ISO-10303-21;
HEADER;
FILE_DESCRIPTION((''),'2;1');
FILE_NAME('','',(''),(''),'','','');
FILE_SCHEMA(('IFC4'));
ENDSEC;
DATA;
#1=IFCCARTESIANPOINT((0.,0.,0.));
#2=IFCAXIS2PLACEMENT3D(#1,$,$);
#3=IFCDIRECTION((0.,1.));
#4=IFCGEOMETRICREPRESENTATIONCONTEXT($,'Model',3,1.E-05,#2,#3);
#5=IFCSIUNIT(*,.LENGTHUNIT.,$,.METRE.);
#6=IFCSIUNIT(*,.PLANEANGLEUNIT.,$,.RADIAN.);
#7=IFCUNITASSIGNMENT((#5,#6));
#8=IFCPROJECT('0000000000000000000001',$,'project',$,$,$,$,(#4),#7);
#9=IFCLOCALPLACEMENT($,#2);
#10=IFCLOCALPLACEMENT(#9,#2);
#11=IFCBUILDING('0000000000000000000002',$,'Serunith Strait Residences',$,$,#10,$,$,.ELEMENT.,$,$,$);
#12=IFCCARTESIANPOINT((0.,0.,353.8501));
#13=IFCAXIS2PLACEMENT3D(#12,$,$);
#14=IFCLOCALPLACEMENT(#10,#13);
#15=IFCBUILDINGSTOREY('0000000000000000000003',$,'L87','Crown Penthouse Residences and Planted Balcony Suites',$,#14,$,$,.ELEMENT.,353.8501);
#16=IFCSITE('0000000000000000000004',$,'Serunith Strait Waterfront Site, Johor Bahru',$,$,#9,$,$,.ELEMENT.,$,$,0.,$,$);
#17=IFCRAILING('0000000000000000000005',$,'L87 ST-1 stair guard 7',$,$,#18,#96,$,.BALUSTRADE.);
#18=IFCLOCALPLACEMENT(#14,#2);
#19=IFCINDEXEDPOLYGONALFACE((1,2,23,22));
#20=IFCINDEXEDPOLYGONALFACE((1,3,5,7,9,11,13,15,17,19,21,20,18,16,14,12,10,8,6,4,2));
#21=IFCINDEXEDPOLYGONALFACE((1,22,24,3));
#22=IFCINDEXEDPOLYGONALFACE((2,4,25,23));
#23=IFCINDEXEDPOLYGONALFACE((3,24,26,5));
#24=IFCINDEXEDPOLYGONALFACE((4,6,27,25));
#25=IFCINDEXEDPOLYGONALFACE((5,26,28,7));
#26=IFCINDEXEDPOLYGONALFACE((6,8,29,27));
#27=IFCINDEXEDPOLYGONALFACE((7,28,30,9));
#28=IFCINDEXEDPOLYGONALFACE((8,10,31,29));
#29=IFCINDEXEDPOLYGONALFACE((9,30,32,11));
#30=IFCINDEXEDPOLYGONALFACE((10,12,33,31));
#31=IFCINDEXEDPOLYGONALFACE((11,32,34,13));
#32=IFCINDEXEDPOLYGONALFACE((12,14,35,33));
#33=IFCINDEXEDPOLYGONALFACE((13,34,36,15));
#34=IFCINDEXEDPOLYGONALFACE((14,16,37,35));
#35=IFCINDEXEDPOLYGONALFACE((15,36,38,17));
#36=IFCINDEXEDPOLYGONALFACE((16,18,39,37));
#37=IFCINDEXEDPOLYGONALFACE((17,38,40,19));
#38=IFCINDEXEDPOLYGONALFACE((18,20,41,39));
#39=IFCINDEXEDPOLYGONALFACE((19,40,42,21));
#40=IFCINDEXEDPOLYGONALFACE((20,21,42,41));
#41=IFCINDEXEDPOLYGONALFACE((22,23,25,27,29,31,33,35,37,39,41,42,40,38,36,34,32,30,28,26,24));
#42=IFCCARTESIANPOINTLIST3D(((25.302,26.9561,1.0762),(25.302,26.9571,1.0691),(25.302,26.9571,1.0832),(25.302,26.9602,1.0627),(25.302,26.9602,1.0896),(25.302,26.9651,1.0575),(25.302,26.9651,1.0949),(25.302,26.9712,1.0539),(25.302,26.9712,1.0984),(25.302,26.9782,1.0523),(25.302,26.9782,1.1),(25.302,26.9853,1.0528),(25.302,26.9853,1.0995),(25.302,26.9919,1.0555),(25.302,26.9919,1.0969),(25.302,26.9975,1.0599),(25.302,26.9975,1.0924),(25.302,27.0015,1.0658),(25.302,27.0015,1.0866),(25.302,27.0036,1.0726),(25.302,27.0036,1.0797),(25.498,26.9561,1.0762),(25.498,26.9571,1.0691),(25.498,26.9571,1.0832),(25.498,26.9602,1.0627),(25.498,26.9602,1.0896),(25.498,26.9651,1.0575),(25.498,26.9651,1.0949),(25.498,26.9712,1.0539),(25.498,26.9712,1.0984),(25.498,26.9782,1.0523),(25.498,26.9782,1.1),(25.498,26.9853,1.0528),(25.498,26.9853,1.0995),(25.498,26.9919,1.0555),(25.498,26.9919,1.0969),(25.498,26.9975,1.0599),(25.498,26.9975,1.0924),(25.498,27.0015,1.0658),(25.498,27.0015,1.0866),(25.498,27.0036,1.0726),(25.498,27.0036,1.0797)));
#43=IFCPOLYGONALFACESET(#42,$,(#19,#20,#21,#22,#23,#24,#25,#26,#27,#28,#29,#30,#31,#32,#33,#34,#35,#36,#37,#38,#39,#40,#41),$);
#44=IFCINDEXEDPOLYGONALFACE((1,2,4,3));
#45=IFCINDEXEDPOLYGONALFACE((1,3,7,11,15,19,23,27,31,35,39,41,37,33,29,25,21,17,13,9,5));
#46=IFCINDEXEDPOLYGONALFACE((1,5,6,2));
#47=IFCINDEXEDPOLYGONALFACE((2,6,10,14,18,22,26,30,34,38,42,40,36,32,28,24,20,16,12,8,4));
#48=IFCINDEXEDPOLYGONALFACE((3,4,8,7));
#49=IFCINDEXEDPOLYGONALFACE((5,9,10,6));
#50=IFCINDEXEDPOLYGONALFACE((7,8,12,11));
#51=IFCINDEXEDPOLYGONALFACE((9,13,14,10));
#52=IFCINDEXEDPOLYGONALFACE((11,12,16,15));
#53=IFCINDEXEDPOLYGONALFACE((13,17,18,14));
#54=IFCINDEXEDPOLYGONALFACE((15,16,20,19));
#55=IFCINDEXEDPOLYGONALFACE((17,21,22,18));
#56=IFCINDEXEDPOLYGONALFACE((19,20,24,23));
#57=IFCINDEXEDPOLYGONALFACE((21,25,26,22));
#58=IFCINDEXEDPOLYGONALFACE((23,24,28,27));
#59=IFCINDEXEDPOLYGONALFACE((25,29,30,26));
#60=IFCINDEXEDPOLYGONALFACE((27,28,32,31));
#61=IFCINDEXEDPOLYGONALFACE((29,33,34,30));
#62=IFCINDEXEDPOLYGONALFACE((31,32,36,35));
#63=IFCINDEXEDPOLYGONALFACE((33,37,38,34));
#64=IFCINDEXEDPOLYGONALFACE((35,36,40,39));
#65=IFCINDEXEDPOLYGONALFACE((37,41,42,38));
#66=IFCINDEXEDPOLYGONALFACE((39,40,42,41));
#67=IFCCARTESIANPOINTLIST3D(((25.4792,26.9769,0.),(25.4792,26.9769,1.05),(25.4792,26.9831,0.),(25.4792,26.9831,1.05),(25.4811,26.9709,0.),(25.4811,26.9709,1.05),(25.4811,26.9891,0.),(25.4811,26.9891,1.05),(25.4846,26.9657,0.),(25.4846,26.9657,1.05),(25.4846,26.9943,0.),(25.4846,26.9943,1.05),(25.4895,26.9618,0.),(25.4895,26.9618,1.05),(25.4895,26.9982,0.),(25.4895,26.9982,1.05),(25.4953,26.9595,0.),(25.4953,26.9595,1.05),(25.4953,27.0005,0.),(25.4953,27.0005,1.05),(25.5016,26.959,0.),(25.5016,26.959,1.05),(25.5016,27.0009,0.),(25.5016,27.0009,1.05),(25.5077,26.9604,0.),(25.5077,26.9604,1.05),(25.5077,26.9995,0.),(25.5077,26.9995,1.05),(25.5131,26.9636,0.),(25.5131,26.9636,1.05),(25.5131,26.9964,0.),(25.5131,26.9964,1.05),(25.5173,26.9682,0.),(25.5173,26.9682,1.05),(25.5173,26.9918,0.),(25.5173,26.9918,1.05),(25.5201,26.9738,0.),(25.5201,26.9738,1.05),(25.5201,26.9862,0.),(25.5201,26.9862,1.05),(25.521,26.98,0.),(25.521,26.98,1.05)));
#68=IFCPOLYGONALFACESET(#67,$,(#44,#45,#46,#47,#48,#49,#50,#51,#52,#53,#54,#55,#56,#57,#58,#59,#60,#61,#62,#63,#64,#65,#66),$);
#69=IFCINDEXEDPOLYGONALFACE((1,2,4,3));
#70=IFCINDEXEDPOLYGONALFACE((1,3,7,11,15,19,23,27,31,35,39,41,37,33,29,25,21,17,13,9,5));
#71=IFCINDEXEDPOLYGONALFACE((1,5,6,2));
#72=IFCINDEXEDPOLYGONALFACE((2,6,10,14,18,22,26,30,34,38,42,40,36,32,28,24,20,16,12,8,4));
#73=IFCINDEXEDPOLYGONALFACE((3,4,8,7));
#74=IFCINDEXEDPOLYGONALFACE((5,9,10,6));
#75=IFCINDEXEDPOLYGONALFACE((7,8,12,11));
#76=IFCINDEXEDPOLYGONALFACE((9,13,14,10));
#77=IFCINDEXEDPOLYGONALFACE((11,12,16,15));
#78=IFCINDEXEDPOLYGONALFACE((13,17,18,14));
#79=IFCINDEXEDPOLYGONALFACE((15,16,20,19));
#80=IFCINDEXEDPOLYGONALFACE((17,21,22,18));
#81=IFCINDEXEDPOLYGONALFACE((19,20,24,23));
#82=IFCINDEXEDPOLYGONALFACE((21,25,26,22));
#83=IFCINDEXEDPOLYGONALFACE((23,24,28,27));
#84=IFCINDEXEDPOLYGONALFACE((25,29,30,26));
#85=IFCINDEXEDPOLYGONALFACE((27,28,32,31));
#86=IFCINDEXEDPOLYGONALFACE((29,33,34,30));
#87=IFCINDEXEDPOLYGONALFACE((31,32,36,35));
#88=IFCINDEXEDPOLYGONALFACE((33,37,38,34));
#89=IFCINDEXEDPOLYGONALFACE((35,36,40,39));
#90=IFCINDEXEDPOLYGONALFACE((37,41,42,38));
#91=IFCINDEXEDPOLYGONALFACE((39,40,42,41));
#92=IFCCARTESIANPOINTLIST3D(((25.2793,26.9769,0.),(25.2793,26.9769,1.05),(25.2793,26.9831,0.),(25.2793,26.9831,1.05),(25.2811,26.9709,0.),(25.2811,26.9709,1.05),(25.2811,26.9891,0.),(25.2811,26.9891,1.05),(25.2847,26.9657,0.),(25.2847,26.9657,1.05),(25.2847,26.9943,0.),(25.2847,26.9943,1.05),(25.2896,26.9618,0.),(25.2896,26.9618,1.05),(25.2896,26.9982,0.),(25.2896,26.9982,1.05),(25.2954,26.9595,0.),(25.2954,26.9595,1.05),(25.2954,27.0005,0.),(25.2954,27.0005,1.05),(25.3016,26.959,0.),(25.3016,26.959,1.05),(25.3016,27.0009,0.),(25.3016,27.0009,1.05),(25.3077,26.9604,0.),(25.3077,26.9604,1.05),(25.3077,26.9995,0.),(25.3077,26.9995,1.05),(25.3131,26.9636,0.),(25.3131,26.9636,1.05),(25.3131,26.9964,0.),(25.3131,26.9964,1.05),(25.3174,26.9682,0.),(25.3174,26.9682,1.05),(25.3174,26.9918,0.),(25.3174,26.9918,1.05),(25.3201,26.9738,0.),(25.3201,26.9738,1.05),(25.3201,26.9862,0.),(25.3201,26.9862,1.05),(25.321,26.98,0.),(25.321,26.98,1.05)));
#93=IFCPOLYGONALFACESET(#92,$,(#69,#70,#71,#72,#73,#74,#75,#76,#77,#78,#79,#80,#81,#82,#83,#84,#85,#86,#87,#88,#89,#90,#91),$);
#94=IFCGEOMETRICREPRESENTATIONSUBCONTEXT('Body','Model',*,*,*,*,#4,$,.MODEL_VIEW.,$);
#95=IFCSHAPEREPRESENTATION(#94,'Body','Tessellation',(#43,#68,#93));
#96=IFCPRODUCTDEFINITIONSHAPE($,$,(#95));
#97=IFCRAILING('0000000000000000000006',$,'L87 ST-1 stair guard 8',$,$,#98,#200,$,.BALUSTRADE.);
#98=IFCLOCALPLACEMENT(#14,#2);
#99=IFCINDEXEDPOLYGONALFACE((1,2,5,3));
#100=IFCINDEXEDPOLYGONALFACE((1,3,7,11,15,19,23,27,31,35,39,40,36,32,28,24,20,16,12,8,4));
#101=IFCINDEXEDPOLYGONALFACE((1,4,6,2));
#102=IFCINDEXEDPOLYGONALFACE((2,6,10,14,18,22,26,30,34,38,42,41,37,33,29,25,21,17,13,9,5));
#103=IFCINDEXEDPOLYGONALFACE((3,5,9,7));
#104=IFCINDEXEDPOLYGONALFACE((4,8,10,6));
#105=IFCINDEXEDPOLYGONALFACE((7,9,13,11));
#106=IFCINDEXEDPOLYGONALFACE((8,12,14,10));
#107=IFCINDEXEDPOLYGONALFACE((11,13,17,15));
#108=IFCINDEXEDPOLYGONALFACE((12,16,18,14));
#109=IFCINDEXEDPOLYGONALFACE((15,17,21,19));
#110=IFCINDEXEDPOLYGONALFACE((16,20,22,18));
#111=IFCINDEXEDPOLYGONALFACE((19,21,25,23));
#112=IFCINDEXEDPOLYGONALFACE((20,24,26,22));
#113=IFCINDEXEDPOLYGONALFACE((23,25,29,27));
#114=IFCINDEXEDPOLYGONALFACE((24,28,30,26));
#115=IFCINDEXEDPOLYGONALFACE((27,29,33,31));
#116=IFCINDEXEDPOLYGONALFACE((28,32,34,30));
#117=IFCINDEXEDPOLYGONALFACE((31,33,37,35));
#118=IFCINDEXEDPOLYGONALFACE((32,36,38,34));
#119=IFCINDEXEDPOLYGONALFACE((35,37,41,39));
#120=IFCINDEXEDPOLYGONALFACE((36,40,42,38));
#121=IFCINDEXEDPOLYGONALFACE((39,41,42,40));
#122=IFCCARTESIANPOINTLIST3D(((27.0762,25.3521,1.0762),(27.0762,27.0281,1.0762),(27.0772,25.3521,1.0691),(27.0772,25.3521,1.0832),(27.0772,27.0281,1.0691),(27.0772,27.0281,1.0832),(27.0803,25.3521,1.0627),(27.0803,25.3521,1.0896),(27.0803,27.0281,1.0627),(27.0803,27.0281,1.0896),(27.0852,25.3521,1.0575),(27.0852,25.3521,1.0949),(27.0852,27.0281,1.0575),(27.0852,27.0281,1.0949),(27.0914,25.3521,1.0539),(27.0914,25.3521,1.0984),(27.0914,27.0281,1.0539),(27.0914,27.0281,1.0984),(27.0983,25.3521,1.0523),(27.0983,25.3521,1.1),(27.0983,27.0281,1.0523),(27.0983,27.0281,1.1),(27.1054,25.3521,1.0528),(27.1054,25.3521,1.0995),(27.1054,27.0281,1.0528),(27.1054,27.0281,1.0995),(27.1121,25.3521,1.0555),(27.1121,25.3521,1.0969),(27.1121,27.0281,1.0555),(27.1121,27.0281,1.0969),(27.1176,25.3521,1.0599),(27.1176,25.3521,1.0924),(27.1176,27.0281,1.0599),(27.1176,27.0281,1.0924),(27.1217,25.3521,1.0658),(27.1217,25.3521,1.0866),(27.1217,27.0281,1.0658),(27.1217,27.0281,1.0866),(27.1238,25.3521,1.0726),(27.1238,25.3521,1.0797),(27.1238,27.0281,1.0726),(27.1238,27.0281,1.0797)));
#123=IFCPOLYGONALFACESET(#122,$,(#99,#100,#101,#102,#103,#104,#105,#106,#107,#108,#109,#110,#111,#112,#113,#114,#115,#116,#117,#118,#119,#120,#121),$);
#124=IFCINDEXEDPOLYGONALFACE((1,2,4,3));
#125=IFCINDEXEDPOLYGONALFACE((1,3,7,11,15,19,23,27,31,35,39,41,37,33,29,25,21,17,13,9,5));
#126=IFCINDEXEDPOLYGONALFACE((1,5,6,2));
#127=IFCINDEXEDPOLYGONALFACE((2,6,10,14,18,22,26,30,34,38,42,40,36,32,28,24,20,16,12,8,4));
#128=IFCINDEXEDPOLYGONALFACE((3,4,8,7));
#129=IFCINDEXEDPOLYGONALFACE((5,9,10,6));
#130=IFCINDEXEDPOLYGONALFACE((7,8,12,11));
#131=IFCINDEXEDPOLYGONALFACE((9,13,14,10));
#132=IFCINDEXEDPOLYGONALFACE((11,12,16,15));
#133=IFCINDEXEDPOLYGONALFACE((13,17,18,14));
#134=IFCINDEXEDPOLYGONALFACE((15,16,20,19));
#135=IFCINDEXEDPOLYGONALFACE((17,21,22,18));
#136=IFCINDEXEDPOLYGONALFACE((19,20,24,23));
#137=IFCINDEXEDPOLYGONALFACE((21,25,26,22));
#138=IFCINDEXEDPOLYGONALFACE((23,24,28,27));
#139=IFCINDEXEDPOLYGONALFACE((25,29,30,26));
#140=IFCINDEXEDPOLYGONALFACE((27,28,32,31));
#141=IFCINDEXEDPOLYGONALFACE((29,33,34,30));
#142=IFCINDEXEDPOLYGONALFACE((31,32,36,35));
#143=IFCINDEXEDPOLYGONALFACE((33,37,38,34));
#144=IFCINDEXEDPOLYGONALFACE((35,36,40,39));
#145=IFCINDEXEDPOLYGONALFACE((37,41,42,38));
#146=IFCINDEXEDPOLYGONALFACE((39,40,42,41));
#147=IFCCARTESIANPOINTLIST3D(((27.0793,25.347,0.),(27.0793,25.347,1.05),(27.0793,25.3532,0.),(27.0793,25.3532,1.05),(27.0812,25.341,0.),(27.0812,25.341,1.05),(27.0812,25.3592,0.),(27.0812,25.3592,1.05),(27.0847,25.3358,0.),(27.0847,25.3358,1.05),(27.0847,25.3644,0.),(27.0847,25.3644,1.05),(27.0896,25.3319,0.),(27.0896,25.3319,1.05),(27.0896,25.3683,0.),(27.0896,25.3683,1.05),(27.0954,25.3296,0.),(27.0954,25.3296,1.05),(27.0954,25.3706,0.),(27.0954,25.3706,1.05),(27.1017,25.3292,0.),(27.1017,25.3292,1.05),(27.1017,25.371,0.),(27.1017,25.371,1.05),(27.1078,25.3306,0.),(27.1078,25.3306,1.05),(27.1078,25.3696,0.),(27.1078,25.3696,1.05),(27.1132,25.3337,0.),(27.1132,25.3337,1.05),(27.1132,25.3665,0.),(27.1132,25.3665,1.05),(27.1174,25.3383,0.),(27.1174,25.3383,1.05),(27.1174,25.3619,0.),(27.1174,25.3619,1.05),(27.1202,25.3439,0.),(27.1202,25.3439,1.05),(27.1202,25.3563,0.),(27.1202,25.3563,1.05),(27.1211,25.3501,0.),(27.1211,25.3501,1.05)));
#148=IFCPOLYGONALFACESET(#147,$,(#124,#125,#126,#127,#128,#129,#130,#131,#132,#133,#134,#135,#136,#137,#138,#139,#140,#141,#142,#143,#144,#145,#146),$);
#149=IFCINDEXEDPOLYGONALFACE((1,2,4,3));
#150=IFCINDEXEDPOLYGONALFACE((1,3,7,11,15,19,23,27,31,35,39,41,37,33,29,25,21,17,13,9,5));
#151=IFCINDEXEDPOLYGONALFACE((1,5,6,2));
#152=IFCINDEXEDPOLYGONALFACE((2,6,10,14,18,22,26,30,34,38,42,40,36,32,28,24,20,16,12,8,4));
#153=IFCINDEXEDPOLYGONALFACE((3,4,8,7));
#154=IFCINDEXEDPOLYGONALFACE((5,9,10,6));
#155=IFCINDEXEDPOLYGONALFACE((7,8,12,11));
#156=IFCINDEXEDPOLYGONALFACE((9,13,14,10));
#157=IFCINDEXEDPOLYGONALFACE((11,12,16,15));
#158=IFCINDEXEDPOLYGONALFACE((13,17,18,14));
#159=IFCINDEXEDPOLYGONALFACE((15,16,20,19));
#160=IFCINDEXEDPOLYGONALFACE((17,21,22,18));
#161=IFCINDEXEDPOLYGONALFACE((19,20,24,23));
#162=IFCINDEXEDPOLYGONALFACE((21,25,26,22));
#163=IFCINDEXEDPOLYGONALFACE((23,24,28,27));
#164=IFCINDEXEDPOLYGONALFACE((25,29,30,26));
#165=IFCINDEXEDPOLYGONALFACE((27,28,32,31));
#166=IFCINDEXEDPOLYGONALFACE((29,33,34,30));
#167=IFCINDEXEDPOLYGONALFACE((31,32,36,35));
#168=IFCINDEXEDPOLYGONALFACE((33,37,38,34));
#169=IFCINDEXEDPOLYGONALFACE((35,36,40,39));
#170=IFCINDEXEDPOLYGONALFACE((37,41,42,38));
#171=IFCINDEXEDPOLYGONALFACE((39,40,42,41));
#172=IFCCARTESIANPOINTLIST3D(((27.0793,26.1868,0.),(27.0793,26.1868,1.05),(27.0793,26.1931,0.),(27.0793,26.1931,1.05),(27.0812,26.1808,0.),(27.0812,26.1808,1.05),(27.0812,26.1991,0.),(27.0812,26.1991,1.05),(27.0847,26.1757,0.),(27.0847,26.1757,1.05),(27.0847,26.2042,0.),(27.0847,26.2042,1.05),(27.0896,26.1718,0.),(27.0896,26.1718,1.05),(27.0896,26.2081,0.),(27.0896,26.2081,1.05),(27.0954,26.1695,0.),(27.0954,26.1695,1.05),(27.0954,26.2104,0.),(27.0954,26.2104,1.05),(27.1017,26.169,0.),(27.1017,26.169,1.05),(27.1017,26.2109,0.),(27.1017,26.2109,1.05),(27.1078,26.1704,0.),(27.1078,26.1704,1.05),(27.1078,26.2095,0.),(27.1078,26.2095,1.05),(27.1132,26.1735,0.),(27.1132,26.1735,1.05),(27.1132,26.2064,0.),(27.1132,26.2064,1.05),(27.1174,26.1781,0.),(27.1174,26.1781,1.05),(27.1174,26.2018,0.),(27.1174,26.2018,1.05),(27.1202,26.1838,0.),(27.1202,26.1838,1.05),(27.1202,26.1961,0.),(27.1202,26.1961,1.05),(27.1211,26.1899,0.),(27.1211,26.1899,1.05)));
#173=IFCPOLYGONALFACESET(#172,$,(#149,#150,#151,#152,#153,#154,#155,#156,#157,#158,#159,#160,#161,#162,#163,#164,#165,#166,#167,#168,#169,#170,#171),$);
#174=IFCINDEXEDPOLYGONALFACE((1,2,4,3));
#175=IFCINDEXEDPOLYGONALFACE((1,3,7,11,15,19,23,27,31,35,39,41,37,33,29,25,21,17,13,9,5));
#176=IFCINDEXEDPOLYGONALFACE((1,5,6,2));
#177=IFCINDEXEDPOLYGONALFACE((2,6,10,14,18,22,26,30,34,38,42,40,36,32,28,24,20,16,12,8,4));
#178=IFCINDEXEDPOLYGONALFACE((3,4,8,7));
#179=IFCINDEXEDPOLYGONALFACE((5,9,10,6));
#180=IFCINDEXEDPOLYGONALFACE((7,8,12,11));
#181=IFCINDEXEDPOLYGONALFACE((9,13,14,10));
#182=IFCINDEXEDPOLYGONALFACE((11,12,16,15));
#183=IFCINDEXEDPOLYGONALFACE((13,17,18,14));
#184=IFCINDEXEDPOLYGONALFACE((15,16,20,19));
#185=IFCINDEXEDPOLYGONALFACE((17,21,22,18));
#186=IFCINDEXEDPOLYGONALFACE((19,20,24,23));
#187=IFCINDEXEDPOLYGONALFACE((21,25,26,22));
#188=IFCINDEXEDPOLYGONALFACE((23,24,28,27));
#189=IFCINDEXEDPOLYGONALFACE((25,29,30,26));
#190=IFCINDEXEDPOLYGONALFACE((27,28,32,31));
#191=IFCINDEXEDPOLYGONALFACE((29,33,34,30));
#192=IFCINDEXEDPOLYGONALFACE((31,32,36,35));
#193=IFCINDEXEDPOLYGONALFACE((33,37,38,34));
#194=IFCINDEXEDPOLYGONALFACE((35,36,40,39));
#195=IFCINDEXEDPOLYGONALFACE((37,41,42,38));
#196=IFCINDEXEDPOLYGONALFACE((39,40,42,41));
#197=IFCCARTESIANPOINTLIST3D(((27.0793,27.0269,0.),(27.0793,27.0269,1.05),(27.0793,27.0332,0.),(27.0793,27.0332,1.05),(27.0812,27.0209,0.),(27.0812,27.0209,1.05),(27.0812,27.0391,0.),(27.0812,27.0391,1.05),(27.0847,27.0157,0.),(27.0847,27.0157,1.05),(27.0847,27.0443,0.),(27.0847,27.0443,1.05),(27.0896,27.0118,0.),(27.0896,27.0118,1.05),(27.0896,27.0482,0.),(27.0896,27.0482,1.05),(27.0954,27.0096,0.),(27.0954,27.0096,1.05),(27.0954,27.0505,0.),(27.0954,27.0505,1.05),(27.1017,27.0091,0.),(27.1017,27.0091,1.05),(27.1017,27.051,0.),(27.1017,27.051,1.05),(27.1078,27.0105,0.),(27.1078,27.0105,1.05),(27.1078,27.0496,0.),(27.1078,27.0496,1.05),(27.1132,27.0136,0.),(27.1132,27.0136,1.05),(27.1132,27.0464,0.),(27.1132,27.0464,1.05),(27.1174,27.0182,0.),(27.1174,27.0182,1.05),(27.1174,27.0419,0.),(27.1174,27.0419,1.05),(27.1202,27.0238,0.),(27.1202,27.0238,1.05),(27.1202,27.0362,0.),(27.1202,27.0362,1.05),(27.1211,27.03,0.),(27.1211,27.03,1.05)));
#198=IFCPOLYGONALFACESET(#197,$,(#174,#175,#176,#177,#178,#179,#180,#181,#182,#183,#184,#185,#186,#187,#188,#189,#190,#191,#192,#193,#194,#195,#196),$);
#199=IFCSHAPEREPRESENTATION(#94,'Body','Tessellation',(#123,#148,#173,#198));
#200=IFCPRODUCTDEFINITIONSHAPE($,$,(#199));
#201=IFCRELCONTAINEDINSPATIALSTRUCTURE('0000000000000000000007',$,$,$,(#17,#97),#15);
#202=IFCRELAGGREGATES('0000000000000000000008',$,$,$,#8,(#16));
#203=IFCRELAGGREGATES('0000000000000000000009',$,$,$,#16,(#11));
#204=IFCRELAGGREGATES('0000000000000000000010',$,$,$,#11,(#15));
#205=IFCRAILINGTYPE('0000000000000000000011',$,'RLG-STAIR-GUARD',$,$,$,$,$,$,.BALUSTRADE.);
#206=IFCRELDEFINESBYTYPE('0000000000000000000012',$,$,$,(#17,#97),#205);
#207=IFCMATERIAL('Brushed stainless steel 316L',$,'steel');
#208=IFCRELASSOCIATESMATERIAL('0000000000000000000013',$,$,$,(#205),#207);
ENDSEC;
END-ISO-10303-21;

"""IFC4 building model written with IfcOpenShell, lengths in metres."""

from ifc_helpers import new_model, si_unit, direction, frame, origin, origin_2d, place, context, subcontext, project, spatial, circle, extrude, material, type_object, element, save


model = new_model("IFC4")

# Units and contexts
model_context = context("Model", 3, precision=1e-05, world=origin(), true_north=direction((0.0, 1.0)))
body_context = subcontext(model_context, "Body", "Model", "MODEL_VIEW")
ifc_project = project(units=[si_unit("LENGTHUNIT", "METRE"), si_unit("PLANEANGLEUNIT", "RADIAN")], contexts=[model_context])

# Site, building, storey
site_placement = place(None, origin())
site = spatial("IfcSite", under=ifc_project, at=site_placement, Name="Serunith Strait Waterfront Site, Johor Bahru", CompositionType="ELEMENT", RefElevation=0.0)
building_placement = place(site_placement, origin())
building = spatial("IfcBuilding", under=site, at=building_placement, Name="Serunith Strait Residences", CompositionType="ELEMENT")
storey_placement = place(building_placement, frame((0.0, 0.0, 353.8501)))
storey = spatial("IfcBuildingStorey", under=building, at=storey_placement, Name="L87", Description="Crown Penthouse Residences and Planted Balcony Suites", CompositionType="ELEMENT", Elevation=353.8501)

# Railings
ifc_material_1 = material(Name="Brushed stainless steel 316L", Category="steel")
railing_type_1 = type_object("IfcRailingType", Name="RLG-STAIR-GUARD", PredefinedType="BALUSTRADE", material=ifc_material_1)
railing_1_placement = place(storey_placement, frame((25.5, 26.98, 0.0)))
element("IfcRailing", 1, at=railing_1_placement, inside=storey, type_object=railing_type_1, Name="L87 ST-1 stair guard 7", PredefinedType="BALUSTRADE", context=body_context, shape_type="SweptSolid", body=[
    extrude(circle(Radius=0.0239, at=origin_2d()), frame((-0.002, 0.0, 1.0762), z_axis=(-1.0, 0.0, 0.0), x_axis=(0.0, -1.0, 0.0)), (0.0, 0.0, 1.0), 0.196),
    extrude(circle(Radius=0.021, at=origin_2d()), origin(), (0.0, 0.0, 1.0), 1.05),
    extrude(circle(Radius=0.021, at=origin_2d()), frame((-0.2, 0.0, 0.0)), (0.0, 0.0, 1.0), 1.05),
])
for number, where, name in (
    (2, (27.1001, 25.3501, 0.0), "L87 ST-1 stair guard 8"),
):
    element("IfcRailing", number, at=place(storey_placement, frame(where)), inside=storey, type_object=railing_type_1, Name=name, PredefinedType="BALUSTRADE", context=body_context, shape_type="SweptSolid", body=[
        extrude(circle(Radius=0.0239, at=origin_2d()), frame((0.0, 0.002, 1.0762), z_axis=(0.0, 1.0, 0.0), x_axis=(-1.0, 0.0, 0.0)), (0.0, 0.0, 1.0), 1.676),
        extrude(circle(Radius=0.021, at=origin_2d()), origin(), (0.0, 0.0, 1.0), 1.05),
        extrude(circle(Radius=0.021, at=origin_2d()), frame((0.0, 0.8398, 0.0)), (0.0, 0.0, 1.0), 1.05),
        extrude(circle(Radius=0.021, at=origin_2d()), frame((0.0, 1.6799, 0.0)), (0.0, 0.0, 1.0), 1.05),
    ])

save(model, "model.ifc")
